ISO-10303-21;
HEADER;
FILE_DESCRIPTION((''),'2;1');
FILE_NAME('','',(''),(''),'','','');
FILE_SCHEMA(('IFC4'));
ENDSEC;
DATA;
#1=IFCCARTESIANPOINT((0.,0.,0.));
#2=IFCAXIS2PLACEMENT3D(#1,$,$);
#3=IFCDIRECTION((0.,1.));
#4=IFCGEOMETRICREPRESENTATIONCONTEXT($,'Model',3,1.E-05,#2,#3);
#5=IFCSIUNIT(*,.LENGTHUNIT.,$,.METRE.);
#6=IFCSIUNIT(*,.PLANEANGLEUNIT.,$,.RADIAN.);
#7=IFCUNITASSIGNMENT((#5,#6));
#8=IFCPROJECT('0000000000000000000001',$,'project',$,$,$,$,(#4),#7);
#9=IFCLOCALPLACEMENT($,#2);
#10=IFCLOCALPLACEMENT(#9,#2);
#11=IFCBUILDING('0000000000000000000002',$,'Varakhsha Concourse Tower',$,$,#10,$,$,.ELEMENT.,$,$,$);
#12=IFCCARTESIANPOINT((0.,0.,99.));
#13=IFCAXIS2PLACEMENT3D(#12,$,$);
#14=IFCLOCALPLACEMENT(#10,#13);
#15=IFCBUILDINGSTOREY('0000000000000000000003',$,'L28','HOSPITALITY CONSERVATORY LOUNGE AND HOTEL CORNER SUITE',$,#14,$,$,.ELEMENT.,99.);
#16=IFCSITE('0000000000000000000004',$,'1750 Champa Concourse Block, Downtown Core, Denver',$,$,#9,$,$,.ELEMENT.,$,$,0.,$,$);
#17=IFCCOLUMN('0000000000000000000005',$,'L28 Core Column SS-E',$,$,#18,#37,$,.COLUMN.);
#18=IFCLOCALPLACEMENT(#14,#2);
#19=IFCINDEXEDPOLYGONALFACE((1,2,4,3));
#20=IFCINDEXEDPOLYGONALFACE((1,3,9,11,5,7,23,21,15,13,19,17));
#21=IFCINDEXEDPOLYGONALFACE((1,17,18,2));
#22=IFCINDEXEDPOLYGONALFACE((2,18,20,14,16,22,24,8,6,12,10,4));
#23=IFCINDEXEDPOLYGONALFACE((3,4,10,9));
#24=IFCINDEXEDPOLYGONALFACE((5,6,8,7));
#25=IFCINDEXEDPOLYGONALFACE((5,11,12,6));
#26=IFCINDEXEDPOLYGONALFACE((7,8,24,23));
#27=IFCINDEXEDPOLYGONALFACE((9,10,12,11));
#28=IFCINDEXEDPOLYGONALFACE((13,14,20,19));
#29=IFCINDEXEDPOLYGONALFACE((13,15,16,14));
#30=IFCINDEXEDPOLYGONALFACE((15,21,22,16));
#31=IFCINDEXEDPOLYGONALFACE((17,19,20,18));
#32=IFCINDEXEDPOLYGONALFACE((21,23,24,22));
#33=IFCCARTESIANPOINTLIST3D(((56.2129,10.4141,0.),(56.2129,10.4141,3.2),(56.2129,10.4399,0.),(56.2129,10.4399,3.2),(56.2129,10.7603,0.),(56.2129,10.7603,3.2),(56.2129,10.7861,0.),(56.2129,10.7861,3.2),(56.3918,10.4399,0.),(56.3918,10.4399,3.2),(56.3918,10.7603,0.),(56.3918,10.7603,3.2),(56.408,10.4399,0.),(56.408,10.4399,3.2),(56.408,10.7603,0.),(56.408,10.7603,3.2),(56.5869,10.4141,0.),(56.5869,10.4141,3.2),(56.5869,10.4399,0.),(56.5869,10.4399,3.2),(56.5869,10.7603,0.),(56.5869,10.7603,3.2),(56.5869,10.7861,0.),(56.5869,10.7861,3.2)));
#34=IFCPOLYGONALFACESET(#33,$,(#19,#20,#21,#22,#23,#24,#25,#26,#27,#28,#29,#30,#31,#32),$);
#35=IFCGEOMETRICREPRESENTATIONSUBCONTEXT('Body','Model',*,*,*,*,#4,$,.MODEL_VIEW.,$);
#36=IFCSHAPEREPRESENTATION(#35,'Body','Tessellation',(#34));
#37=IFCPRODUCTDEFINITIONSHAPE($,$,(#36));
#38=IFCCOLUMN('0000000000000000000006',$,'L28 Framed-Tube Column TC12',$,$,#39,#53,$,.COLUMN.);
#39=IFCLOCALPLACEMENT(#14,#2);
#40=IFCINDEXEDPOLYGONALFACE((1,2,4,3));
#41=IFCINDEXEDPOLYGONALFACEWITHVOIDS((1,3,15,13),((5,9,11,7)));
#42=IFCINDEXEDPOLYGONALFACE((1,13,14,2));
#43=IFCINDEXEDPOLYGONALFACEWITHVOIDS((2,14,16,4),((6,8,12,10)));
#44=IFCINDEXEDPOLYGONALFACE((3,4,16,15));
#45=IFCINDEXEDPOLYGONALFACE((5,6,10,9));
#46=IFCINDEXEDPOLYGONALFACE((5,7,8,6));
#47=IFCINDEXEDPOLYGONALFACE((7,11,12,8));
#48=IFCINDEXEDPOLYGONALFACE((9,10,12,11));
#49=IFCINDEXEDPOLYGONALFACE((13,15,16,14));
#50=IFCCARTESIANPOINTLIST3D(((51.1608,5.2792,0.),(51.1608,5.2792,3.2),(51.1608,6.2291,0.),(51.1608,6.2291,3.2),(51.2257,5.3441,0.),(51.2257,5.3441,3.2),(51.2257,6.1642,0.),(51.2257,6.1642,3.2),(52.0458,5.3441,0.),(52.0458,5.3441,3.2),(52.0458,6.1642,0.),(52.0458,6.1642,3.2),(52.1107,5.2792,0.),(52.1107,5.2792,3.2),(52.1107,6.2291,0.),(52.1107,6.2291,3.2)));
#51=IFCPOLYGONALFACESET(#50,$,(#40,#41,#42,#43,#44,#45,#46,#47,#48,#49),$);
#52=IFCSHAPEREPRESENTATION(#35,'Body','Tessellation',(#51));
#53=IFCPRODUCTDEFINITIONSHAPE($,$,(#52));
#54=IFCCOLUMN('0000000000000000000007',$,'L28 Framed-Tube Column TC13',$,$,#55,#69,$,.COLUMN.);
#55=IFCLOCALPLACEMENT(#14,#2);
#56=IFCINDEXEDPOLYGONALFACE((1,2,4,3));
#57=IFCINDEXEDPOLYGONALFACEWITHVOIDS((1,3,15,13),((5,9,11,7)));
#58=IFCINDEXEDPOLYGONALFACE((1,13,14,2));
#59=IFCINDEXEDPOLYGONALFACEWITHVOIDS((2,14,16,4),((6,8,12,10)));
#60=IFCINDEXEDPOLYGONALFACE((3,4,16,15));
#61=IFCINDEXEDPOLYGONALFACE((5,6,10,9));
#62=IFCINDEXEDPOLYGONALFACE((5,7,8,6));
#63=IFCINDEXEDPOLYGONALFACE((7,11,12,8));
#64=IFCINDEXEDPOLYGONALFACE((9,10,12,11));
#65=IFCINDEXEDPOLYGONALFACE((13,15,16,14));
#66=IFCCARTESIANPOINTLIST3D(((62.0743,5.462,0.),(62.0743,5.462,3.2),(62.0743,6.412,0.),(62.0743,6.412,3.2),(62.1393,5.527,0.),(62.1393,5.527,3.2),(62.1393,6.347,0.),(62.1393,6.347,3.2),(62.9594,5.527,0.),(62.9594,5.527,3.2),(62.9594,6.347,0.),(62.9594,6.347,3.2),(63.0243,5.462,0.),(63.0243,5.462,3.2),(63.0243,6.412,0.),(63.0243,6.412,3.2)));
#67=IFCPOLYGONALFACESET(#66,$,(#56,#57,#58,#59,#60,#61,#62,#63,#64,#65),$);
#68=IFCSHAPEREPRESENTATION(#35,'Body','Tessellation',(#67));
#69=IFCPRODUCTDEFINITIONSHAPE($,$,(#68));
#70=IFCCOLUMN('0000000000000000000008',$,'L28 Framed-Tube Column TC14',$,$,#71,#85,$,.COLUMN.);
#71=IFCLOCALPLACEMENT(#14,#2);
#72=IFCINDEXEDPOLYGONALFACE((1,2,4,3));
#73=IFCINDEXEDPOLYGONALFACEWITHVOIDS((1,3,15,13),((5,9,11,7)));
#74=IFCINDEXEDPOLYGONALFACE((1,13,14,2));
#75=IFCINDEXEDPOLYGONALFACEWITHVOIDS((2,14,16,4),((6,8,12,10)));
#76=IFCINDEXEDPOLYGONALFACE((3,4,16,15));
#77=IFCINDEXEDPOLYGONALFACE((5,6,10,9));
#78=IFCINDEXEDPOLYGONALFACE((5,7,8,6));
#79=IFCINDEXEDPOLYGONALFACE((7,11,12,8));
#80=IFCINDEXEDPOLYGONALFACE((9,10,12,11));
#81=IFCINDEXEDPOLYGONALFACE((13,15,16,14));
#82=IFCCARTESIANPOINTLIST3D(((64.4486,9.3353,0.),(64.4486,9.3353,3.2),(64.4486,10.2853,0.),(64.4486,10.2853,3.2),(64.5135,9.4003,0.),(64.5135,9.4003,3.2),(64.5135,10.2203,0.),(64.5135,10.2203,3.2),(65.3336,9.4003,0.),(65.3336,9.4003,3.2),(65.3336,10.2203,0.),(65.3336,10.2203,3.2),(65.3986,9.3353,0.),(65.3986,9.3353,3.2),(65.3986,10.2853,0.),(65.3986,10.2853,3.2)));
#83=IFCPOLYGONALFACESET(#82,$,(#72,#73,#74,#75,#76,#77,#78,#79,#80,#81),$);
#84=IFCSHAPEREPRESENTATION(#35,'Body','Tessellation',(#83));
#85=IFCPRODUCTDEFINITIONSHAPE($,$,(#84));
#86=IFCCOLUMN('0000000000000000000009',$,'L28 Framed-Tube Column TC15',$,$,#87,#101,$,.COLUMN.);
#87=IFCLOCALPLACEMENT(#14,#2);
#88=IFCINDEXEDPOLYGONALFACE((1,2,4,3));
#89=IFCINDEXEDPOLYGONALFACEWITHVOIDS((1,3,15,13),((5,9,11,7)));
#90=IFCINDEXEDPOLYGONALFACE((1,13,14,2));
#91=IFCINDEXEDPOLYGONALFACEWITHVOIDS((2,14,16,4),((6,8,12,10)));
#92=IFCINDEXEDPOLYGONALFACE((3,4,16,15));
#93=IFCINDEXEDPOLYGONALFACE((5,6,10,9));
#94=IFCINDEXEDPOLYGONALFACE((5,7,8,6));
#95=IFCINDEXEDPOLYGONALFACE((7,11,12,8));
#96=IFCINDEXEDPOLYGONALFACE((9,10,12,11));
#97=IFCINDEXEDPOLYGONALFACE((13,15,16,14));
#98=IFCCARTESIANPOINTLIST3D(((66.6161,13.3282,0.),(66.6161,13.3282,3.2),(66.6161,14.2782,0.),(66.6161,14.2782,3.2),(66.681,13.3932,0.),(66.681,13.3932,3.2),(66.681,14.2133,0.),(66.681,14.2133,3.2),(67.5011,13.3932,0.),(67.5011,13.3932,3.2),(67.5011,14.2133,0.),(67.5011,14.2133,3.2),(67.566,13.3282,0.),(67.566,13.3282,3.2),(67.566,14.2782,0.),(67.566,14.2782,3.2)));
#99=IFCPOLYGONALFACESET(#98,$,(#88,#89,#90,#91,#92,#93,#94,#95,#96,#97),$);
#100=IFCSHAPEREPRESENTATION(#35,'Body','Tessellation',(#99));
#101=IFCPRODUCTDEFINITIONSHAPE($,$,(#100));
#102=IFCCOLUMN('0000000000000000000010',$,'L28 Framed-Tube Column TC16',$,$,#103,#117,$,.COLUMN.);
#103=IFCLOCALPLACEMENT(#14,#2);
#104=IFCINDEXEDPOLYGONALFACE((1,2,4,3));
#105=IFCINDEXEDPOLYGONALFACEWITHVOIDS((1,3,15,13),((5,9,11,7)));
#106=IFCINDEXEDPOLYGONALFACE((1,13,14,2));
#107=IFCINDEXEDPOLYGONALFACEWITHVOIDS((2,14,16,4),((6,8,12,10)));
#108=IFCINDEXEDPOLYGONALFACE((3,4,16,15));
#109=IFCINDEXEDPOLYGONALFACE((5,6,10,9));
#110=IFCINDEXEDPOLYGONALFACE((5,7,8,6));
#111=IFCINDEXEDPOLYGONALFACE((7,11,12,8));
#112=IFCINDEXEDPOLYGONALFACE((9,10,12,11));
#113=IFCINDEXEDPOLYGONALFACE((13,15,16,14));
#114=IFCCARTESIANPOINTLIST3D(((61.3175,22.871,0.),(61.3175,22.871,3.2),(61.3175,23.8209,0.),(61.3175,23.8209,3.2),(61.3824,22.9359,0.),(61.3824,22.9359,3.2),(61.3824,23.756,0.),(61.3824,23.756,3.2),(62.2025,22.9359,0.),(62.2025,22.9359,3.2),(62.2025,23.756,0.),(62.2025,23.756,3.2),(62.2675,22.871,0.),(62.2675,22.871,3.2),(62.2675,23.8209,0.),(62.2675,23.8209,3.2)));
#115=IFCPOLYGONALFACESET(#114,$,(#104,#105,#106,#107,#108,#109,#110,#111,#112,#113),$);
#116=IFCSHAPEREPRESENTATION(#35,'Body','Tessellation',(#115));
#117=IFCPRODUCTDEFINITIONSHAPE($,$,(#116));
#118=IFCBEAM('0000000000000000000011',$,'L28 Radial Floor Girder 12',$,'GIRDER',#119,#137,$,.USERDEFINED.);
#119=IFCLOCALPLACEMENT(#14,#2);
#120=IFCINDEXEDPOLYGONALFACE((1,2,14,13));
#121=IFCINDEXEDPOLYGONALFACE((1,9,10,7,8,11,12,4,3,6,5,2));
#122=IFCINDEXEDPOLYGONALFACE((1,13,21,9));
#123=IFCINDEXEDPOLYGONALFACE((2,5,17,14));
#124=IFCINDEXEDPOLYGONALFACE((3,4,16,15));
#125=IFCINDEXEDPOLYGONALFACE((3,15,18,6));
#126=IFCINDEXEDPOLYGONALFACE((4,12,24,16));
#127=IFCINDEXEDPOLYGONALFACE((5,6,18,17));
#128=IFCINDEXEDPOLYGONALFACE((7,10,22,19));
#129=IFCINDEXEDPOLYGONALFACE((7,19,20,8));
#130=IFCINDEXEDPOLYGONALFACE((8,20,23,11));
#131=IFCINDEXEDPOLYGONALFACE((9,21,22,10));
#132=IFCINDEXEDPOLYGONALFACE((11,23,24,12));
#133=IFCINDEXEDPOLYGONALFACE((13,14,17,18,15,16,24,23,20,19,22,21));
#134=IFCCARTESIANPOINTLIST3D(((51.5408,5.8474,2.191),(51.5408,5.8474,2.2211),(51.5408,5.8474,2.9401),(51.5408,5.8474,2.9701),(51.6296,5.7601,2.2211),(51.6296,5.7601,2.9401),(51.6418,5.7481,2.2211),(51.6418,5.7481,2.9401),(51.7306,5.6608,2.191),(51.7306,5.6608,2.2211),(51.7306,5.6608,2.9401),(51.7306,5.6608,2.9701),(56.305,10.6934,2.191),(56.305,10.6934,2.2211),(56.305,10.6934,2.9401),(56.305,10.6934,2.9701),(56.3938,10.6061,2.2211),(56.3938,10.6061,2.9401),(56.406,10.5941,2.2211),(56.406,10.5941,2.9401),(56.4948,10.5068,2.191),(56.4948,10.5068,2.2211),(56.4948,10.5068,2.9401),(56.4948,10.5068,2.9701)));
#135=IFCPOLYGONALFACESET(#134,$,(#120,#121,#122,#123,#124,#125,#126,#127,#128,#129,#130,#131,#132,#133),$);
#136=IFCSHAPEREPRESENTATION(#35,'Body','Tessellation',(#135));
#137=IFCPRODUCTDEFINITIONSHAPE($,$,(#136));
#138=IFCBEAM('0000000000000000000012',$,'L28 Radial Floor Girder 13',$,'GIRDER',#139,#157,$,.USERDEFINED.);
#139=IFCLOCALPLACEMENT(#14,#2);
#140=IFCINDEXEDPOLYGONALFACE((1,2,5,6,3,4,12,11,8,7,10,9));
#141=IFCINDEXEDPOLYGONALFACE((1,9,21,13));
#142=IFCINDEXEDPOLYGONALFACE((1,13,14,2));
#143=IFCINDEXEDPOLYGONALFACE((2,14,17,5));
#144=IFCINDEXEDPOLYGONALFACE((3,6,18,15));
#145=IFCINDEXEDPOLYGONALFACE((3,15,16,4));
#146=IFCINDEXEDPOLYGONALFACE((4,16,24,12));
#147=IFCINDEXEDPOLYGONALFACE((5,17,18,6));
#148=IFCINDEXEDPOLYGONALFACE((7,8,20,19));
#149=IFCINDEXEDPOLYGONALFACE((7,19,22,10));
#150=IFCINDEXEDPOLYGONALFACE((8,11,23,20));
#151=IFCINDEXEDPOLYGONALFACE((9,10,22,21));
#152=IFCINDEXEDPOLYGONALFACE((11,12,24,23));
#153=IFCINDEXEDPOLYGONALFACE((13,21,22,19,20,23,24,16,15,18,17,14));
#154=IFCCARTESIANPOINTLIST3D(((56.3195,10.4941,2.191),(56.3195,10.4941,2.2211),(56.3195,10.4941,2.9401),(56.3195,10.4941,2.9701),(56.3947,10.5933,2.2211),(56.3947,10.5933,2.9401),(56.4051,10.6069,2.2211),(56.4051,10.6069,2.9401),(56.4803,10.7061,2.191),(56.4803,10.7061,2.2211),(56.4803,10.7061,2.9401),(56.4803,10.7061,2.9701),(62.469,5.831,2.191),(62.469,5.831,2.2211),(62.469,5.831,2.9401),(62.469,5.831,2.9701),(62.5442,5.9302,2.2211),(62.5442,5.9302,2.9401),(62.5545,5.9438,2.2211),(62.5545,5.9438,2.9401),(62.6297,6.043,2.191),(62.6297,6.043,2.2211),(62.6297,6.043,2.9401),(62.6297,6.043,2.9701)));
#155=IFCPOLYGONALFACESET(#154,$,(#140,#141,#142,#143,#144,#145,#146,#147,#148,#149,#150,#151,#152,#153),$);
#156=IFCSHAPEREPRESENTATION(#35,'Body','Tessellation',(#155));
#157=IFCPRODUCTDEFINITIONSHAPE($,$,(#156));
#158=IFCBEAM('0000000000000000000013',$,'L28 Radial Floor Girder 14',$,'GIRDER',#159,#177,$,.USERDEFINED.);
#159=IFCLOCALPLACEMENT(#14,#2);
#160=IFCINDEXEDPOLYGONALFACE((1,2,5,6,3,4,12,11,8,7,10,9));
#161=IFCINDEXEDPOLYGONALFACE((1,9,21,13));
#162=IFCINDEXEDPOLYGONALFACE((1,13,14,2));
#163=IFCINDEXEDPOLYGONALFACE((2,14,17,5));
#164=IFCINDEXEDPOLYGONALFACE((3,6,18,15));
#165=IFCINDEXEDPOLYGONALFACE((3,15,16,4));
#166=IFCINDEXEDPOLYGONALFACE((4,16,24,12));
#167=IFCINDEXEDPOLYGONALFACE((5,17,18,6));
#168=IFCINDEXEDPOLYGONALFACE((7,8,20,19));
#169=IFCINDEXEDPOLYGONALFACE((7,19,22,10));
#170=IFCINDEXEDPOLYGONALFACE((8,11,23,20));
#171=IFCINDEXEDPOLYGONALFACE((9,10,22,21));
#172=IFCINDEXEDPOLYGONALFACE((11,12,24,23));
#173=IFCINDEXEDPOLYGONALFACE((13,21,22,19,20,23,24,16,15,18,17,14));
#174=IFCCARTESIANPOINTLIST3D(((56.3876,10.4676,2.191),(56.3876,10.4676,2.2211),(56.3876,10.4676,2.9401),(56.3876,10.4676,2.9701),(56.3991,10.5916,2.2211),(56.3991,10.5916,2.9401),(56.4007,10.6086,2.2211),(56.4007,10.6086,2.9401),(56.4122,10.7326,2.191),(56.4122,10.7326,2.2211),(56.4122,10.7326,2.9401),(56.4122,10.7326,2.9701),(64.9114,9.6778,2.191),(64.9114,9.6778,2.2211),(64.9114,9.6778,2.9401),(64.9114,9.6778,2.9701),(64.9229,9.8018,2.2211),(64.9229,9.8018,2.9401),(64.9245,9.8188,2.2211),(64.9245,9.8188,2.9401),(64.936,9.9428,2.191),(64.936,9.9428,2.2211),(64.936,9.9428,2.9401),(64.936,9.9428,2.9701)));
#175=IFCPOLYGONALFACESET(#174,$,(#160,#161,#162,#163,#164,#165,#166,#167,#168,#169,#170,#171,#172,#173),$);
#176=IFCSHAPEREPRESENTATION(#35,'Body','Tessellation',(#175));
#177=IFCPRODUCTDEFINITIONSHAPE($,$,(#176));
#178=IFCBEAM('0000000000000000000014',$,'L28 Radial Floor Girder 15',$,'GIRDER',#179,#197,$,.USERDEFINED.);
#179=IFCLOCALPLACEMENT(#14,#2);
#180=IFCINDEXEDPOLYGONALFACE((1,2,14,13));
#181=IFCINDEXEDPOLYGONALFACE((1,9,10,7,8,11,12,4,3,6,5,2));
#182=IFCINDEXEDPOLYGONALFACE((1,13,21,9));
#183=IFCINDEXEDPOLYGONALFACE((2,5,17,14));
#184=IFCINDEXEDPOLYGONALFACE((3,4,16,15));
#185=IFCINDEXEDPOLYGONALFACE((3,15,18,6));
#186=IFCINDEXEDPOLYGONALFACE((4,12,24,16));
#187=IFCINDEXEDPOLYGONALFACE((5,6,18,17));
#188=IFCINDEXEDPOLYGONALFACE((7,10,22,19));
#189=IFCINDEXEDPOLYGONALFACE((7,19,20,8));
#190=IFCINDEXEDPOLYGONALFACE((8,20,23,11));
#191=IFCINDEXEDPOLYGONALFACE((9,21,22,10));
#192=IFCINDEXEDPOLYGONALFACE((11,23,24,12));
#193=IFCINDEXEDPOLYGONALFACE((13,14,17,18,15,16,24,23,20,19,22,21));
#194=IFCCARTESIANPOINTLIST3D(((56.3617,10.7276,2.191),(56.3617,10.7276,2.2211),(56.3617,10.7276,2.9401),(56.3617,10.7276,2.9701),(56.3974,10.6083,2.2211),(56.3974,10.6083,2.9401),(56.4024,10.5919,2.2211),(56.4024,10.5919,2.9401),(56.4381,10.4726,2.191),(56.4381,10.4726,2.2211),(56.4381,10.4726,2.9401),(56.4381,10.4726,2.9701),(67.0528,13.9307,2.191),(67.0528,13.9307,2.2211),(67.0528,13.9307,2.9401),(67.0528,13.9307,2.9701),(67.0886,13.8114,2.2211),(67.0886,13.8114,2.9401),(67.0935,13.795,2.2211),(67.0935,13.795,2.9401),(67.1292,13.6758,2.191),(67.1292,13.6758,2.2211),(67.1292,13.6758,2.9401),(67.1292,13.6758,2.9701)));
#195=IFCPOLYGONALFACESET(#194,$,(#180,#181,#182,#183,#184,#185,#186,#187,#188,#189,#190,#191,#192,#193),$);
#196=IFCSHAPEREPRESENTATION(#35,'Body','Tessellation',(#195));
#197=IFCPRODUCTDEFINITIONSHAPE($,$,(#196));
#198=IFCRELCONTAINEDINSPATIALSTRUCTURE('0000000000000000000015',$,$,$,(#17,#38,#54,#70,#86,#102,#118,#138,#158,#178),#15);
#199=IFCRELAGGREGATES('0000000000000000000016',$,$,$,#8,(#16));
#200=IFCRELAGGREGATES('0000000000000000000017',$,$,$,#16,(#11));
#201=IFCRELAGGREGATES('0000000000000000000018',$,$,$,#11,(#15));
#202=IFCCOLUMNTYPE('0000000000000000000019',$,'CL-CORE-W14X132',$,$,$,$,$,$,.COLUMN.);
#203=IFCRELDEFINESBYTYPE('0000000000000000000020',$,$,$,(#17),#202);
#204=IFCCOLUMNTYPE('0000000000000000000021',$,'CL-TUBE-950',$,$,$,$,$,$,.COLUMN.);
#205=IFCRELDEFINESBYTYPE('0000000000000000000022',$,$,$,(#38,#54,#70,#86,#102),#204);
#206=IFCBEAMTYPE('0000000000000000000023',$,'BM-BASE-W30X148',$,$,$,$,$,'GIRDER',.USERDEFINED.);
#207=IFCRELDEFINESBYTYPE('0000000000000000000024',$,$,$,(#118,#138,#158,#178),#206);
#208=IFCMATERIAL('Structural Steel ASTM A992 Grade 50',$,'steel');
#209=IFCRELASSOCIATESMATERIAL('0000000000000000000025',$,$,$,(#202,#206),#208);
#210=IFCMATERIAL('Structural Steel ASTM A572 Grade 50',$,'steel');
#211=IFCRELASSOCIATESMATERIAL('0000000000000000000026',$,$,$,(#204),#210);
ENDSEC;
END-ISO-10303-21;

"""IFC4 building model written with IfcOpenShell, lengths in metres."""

from ifc_helpers import new_model, si_unit, direction, frame, origin, origin_2d, place, context, subcontext, project, spatial, hollow_rectangle, i_section, extrude, material, material_profile, profile_set, type_object, element, save


model = new_model("IFC4")

# Units and contexts
model_context = context("Model", 3, precision=1e-05, world=origin(), true_north=direction((0.0, 1.0)))
body_context = subcontext(model_context, "Body", "Model", "MODEL_VIEW")
ifc_project = project(units=[si_unit("LENGTHUNIT", "METRE"), si_unit("PLANEANGLEUNIT", "RADIAN")], contexts=[model_context])

# Site, building, storey
site_placement = place(None, origin())
site = spatial("IfcSite", under=ifc_project, at=site_placement, Name="1750 Champa Concourse Block, Downtown Core, Denver", CompositionType="ELEMENT", RefElevation=0.0)
building_placement = place(site_placement, origin())
building = spatial("IfcBuilding", under=site, at=building_placement, Name="Varakhsha Concourse Tower", CompositionType="ELEMENT")
storey_placement = place(building_placement, frame((0.0, 0.0, 99.0)))
storey = spatial("IfcBuildingStorey", under=building, at=storey_placement, Name="L28", Description="HOSPITALITY CONSERVATORY LOUNGE AND HOTEL CORNER SUITE", CompositionType="ELEMENT", Elevation=99.0)

# Columns
ifc_material_1 = material(Name="Structural Steel ASTM A992 Grade 50", Category="steel")
ifc_material_profile_1 = material_profile(ifc_material_1, i_section(OverallWidth=0.374, OverallDepth=0.3721, WebThickness=0.0161, FlangeThickness=0.0259, at=origin_2d()), Name="W14X132")
ifc_profile_set_1 = profile_set([ifc_material_profile_1], Name="Structural Steel ASTM A992 Grade 50")
column_type_1 = type_object("IfcColumnType", Name="CL-CORE-W14X132", PredefinedType="COLUMN", material=ifc_profile_set_1)
column_placement = place(storey_placement, frame((56.3999, 10.6001, 0.0), z_axis=(0.0, 0.0, 1.0), x_axis=(1.0, 0.0, 0.0)))
element("IfcColumn", 1, at=column_placement, inside=storey, type_object=column_type_1, Name="L28 Core Column SS-E", PredefinedType="COLUMN", context=body_context, shape_type="SweptSolid", body=[
    extrude(i_section(OverallWidth=0.374, OverallDepth=0.3721, WebThickness=0.0161, FlangeThickness=0.0259, at=origin_2d()), origin(), (0.0, 0.0, 1.0), 3.2),
])
ifc_material_2 = material(Name="Structural Steel ASTM A572 Grade 50", Category="steel")
ifc_material_profile_2 = material_profile(ifc_material_2, hollow_rectangle(XDim=0.95, YDim=0.95, WallThickness=0.0649, at=origin_2d()), Name="BOX 950x950x65")
ifc_profile_set_2 = profile_set([ifc_material_profile_2], Name="Structural Steel ASTM A572 Grade 50")
column_type_2 = type_object("IfcColumnType", Name="CL-TUBE-950", PredefinedType="COLUMN", material=ifc_profile_set_2)
for number, where, z_axis, x_axis, name in (
    (2, (51.6357, 5.7542, 0.0), (0.0, 0.0, 1.0), (1.0, 0.0, 0.0), "L28 Framed-Tube Column TC12"),
    (3, (62.5493, 5.937, 0.0), (0.0, 0.0, 1.0), (1.0, 0.0, 0.0), "L28 Framed-Tube Column TC13"),
    (4, (64.9236, 9.8103, 0.0), (0.0, 0.0, 1.0), (1.0, 0.0, 0.0), "L28 Framed-Tube Column TC14"),
    (5, (67.0911, 13.8032, 0.0), (0.0, 0.0, 1.0), (1.0, 0.0, 0.0), "L28 Framed-Tube Column TC15"),
    (6, (61.7925, 23.3459, 0.0), (0.0, 0.0, 1.0), (1.0, 0.0, 0.0), "L28 Framed-Tube Column TC16"),
):
    element("IfcColumn", number, at=place(storey_placement, frame(where, z_axis=z_axis, x_axis=x_axis)), inside=storey, type_object=column_type_2, Name=name, PredefinedType="COLUMN", context=body_context, shape_type="SweptSolid", body=[
        extrude(hollow_rectangle(XDim=0.95, YDim=0.95, WallThickness=0.0649, at=origin_2d()), origin(), (0.0, 0.0, 1.0), 3.2),
    ])

# Beams
ifc_material_profile_3 = material_profile(ifc_material_1, i_section(OverallWidth=0.2661, OverallDepth=0.7791, WebThickness=0.0171, FlangeThickness=0.03, at=origin_2d()), Name="W30X148")
ifc_profile_set_3 = profile_set([ifc_material_profile_3], Name="Structural Steel ASTM A992 Grade 50")
beam_type_1 = type_object("IfcBeamType", Name="BM-BASE-W30X148", ElementType="GIRDER", PredefinedType="USERDEFINED", material=ifc_profile_set_3)
beam_1_placement = place(storey_placement, frame((56.3999, 10.6001, 2.5806), z_axis=(-0.701064, -0.713099, 0.0), x_axis=(0.713099, -0.701064, 0.0)))
element("IfcBeam", 7, at=beam_1_placement, inside=storey, type_object=beam_type_1, Name="L28 Radial Floor Girder 12", ObjectType="GIRDER", PredefinedType="USERDEFINED", context=body_context, shape_type="SweptSolid", body=[
    extrude(i_section(OverallWidth=0.2661, OverallDepth=0.7791, WebThickness=0.0171, FlangeThickness=0.03, at=origin_2d()), origin(), (0.0, 0.0, 1.0), 6.7957),
])
beam_2_placement = place(storey_placement, frame((56.3999, 10.6001, 2.5806), z_axis=(0.796815, -0.604223, 0.0), x_axis=(0.604223, 0.796815, 0.0)))
element("IfcBeam", 8, at=beam_2_placement, inside=storey, type_object=beam_type_1, Name="L28 Radial Floor Girder 13", ObjectType="GIRDER", PredefinedType="USERDEFINED", context=body_context, shape_type="SweptSolid", body=[
    extrude(i_section(OverallWidth=0.2661, OverallDepth=0.7791, WebThickness=0.0171, FlangeThickness=0.03, at=origin_2d()), origin(), (0.0, 0.0, 1.0), 7.7175),
])
beam_3_placement = place(storey_placement, frame((56.3999, 10.6001, 2.5806), z_axis=(0.995735, -0.092264, 0.0), x_axis=(0.092264, 0.995735, 0.0)))
element("IfcBeam", 9, at=beam_3_placement, inside=storey, type_object=beam_type_1, Name="L28 Radial Floor Girder 14", ObjectType="GIRDER", PredefinedType="USERDEFINED", context=body_context, shape_type="SweptSolid", body=[
    extrude(i_section(OverallWidth=0.2661, OverallDepth=0.7791, WebThickness=0.0171, FlangeThickness=0.03, at=origin_2d()), origin(), (0.0, 0.0, 1.0), 8.5603),
])
beam_4_placement = place(storey_placement, frame((56.3999, 10.6001, 2.5806), z_axis=(0.95793, 0.287001, 0.0), x_axis=(-0.287001, 0.95793, 0.0)))
element("IfcBeam", 10, at=beam_4_placement, inside=storey, type_object=beam_type_1, Name="L28 Radial Floor Girder 15", ObjectType="GIRDER", PredefinedType="USERDEFINED", context=body_context, shape_type="SweptSolid", body=[
    extrude(i_section(OverallWidth=0.2661, OverallDepth=0.7791, WebThickness=0.0171, FlangeThickness=0.03, at=origin_2d()), origin(), (0.0, 0.0, 1.0), 11.1606),
])

save(model, "model.ifc")
